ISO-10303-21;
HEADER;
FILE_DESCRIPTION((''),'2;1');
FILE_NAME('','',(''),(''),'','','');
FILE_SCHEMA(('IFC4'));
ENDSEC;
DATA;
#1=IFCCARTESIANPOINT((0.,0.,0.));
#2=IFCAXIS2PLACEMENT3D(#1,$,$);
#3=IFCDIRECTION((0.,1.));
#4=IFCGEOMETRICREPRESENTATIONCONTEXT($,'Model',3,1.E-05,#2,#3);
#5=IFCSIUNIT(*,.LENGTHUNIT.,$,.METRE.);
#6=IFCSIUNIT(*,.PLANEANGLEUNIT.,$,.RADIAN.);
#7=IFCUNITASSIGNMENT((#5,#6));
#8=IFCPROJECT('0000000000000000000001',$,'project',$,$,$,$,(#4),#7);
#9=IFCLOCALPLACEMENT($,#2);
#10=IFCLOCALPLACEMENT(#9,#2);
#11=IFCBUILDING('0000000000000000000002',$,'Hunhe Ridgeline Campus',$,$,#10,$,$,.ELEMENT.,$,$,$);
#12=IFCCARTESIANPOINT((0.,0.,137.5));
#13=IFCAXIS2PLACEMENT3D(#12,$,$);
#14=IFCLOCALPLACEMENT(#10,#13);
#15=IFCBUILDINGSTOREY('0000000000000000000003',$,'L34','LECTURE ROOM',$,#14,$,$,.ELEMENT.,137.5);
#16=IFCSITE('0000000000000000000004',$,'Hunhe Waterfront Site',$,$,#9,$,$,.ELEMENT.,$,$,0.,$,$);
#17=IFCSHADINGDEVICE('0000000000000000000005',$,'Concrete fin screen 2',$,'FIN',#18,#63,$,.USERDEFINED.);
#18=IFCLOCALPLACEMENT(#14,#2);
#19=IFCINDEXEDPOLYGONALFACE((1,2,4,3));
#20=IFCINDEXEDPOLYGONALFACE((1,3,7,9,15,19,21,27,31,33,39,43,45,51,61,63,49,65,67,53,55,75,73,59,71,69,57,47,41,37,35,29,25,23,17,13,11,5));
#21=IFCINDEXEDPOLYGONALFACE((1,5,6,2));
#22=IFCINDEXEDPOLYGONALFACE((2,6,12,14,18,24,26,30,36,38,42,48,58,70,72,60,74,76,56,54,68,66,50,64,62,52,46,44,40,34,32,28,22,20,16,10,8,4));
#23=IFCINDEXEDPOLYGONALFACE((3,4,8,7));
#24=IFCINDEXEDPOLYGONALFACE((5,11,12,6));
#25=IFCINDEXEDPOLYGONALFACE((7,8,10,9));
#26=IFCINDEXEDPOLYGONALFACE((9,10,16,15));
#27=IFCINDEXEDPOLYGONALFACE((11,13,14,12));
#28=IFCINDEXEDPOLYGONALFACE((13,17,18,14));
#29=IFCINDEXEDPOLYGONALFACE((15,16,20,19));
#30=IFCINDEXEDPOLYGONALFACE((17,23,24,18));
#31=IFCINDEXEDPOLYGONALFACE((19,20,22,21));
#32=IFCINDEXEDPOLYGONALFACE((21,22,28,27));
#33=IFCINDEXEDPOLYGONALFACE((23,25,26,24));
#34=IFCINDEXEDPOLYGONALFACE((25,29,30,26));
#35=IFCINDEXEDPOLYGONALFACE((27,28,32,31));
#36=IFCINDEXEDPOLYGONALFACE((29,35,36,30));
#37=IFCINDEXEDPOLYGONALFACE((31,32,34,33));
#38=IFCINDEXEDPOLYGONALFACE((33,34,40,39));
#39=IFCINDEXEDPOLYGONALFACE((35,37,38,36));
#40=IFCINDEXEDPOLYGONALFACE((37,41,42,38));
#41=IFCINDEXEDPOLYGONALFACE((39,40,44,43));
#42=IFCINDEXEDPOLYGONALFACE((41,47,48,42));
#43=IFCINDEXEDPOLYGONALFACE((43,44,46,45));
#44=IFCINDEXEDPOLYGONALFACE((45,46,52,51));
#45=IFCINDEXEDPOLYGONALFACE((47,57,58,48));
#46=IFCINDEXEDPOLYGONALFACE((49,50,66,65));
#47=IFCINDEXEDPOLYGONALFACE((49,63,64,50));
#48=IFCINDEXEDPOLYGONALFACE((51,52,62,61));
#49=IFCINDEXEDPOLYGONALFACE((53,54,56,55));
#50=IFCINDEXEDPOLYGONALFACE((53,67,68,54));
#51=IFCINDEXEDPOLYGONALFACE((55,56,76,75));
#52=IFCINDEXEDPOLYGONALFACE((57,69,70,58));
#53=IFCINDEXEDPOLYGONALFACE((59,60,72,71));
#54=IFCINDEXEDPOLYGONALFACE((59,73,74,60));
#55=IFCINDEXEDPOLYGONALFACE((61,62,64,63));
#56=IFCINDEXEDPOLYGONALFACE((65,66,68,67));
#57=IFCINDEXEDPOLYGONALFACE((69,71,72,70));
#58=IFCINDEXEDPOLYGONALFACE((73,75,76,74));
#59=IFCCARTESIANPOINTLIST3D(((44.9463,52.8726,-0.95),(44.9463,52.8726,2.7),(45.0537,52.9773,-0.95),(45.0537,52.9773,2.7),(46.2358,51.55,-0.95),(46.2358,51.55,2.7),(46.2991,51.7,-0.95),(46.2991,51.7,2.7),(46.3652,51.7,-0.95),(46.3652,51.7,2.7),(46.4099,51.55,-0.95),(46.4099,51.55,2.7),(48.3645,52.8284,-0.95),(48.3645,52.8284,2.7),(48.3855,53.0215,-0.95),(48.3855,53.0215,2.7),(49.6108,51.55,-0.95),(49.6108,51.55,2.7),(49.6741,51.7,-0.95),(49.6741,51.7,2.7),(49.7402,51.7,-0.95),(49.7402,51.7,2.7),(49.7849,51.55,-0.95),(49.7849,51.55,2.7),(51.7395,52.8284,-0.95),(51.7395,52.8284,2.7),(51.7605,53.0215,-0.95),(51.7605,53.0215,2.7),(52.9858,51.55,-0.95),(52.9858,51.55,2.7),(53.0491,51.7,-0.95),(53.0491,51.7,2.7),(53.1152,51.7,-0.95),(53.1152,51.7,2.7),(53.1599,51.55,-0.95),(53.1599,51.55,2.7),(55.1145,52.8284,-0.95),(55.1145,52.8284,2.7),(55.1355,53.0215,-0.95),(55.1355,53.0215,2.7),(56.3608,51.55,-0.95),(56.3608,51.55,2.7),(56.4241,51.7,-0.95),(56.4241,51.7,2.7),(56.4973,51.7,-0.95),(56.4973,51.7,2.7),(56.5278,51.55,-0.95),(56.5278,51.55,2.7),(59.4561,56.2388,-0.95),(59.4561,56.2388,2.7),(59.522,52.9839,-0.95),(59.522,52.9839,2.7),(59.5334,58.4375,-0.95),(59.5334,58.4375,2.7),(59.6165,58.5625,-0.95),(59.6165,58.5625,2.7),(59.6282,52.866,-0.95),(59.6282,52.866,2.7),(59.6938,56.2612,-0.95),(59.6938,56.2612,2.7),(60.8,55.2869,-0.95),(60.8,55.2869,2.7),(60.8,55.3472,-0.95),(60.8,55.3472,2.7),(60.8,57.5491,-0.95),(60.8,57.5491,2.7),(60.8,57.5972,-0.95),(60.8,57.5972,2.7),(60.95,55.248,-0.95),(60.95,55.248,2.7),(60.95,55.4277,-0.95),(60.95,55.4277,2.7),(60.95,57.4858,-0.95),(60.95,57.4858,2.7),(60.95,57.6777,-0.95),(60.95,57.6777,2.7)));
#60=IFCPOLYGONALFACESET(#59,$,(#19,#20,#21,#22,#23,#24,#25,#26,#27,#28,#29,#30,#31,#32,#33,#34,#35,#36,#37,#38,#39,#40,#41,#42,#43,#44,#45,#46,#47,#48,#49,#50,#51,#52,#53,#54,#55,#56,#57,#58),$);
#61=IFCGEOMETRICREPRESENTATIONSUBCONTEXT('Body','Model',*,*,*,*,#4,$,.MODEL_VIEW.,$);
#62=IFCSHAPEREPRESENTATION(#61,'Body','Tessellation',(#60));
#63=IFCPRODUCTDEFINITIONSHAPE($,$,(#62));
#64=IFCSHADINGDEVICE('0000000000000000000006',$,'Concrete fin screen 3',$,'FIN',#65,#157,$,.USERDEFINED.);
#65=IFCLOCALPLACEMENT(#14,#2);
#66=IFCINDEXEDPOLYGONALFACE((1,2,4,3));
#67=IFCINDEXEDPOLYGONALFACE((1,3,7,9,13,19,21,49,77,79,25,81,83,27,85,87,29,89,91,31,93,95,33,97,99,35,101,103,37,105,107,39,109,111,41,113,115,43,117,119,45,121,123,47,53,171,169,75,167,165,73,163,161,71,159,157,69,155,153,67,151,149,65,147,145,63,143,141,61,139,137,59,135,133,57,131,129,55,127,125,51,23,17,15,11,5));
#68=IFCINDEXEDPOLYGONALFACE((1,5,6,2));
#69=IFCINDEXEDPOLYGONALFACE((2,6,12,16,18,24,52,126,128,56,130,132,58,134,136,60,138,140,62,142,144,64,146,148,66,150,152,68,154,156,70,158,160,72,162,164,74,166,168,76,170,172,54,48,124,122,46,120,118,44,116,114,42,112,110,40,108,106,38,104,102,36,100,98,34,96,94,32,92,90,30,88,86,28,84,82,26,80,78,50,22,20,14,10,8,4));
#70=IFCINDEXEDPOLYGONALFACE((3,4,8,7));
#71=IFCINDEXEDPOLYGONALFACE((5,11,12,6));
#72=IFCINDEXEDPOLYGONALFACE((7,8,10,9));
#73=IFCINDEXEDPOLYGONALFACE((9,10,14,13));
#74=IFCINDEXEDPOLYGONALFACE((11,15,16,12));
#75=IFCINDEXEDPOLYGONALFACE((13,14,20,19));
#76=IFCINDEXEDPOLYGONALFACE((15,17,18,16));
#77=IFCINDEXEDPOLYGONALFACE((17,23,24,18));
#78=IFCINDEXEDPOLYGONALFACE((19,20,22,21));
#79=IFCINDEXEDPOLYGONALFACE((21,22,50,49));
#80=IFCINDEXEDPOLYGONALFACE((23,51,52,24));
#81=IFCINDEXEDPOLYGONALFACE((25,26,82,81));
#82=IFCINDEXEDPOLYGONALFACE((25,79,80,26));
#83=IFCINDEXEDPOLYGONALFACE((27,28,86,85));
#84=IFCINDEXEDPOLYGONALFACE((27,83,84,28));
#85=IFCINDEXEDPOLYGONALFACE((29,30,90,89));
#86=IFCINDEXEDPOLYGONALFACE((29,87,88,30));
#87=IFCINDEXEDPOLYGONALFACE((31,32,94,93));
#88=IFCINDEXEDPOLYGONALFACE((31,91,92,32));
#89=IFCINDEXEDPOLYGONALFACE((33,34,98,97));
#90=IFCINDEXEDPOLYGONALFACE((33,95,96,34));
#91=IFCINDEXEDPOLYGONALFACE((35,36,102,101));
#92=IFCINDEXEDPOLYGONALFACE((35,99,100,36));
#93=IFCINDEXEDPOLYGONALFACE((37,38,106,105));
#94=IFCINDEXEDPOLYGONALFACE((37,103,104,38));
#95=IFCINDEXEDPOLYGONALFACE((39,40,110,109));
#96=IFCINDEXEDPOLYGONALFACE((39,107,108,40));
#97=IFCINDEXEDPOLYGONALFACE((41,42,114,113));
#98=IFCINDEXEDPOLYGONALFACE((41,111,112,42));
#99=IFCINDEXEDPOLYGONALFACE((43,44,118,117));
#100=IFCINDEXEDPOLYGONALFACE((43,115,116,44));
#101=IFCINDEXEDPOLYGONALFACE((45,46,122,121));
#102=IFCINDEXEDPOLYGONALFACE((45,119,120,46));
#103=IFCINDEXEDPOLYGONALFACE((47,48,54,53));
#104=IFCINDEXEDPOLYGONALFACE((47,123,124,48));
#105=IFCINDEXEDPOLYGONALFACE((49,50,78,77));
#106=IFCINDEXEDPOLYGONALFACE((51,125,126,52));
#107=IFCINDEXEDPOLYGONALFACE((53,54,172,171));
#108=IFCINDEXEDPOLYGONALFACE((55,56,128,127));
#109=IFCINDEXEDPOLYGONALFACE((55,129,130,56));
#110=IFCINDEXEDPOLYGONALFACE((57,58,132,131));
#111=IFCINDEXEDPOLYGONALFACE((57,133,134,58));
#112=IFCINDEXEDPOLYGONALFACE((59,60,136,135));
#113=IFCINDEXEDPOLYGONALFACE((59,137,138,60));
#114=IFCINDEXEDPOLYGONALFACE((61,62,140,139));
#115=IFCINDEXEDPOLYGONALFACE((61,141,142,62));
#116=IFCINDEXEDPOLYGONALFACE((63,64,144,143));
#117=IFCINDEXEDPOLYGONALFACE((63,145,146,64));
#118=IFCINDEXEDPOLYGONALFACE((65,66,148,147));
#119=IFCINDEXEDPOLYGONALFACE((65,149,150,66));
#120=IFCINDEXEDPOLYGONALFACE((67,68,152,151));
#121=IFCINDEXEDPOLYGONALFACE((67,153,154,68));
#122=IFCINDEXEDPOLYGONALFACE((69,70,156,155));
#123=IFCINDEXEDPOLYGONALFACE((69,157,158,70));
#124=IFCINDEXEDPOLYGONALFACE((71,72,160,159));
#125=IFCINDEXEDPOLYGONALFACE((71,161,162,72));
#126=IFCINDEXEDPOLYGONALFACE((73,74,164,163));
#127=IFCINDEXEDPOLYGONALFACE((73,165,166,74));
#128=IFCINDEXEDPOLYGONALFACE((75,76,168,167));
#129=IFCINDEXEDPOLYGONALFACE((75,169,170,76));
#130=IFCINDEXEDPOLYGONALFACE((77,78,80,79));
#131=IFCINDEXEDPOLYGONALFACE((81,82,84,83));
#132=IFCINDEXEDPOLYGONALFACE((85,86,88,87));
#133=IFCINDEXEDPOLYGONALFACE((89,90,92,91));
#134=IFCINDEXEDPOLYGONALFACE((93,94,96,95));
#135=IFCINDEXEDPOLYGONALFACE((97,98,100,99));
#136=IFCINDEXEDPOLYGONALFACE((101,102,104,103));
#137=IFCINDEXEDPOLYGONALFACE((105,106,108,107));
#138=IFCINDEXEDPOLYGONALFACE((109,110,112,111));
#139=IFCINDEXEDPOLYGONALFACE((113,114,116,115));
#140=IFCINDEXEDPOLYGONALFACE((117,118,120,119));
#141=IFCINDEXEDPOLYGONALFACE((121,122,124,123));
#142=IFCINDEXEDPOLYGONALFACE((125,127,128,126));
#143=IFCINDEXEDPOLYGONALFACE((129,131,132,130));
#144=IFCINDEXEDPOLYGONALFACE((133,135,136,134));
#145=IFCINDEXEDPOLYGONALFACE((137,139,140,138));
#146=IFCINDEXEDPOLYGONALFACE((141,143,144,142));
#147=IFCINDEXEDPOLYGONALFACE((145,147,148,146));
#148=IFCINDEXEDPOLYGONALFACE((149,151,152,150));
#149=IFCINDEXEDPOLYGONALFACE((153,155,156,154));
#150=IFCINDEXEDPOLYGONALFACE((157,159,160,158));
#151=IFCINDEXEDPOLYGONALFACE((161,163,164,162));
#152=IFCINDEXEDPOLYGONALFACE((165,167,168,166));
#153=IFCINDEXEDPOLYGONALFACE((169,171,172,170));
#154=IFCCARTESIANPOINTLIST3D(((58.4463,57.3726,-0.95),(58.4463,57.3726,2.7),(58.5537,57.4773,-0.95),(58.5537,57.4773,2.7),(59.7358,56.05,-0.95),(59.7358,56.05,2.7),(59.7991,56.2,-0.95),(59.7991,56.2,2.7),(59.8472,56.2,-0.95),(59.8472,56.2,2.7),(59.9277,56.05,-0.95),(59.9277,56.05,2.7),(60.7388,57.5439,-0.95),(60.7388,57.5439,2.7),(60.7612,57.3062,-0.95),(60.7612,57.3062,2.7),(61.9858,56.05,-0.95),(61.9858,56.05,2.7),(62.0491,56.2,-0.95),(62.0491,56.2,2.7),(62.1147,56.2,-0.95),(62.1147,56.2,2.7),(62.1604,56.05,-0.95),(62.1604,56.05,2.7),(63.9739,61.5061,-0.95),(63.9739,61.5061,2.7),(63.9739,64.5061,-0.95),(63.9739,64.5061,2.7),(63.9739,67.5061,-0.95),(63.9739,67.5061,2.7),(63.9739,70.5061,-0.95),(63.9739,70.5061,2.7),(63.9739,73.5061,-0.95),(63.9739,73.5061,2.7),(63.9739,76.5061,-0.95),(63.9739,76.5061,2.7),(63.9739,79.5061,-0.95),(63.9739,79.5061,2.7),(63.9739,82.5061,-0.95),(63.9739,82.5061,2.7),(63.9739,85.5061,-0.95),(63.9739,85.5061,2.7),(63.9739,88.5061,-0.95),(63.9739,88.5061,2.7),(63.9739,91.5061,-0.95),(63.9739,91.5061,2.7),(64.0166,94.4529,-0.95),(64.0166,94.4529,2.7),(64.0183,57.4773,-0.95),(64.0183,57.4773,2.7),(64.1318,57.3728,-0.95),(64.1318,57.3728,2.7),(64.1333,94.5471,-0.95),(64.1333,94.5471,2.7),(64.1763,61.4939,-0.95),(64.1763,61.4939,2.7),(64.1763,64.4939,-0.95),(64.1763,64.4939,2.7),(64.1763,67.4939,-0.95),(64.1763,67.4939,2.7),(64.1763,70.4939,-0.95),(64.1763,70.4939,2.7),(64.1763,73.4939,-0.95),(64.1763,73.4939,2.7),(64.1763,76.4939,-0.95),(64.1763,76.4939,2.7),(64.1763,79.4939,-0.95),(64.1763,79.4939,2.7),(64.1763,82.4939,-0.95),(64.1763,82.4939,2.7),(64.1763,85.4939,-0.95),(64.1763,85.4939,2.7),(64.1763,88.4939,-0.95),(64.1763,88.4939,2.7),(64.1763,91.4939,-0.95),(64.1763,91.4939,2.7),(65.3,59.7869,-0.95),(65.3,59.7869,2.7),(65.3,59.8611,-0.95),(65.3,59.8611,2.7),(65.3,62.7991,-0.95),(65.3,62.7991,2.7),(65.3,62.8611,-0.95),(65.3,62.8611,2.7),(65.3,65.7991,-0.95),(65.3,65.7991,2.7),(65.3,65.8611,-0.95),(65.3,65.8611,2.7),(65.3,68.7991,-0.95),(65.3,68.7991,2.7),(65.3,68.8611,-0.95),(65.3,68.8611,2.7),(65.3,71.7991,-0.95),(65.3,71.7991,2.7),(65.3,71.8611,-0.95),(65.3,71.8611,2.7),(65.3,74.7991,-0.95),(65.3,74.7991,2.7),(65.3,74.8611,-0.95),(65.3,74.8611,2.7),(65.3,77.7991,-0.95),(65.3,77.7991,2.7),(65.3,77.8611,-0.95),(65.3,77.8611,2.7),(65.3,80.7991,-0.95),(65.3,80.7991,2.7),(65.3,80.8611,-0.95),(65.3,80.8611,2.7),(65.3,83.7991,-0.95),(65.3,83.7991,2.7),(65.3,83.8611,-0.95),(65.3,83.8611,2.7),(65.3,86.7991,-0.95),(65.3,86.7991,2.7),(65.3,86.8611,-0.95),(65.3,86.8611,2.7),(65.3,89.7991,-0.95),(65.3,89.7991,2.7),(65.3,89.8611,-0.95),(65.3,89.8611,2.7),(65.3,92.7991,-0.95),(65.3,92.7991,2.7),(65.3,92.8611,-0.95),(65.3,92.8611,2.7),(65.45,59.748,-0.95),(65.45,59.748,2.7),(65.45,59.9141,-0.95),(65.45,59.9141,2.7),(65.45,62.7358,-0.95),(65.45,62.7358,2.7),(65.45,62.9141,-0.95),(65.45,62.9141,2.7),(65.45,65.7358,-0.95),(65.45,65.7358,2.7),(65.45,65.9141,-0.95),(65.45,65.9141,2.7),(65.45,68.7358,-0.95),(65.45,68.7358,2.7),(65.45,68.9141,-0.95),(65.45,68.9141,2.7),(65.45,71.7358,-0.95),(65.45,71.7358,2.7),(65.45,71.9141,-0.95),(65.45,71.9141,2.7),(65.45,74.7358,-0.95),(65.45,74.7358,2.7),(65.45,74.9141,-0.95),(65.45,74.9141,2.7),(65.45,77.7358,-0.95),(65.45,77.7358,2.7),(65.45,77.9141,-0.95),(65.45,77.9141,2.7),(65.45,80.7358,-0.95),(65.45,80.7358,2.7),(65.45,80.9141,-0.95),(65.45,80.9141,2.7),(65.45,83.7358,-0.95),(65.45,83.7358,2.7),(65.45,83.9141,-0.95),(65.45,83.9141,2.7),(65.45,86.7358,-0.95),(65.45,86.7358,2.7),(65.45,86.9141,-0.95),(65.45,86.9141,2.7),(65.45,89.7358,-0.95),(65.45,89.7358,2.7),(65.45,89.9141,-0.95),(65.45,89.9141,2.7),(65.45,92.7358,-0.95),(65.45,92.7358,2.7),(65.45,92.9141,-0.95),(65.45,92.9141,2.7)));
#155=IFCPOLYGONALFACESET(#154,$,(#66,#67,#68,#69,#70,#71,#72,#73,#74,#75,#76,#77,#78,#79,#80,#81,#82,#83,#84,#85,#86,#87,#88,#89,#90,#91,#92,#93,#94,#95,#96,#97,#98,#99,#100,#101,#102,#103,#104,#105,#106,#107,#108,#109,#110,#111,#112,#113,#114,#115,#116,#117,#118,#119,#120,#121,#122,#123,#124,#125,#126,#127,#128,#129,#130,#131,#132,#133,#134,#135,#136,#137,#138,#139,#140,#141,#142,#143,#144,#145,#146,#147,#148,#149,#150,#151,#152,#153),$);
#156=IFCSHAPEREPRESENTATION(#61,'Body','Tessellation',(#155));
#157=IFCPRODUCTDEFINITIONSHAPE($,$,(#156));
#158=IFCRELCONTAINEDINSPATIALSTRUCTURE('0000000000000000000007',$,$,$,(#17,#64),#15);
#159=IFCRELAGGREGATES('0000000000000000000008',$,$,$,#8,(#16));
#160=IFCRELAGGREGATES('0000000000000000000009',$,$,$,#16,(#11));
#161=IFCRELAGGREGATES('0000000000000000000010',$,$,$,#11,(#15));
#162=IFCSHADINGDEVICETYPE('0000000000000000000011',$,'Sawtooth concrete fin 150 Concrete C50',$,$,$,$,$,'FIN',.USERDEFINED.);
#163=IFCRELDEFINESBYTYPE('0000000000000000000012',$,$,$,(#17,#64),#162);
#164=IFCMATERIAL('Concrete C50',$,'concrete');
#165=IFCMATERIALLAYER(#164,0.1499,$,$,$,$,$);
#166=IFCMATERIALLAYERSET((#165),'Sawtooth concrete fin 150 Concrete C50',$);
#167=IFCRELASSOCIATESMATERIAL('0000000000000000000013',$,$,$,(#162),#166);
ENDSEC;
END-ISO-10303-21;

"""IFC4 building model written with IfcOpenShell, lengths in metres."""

from ifc_helpers import new_model, si_unit, direction, frame, origin, place, context, subcontext, project, spatial, polyline, outline, extrude, material, layer, layer_set, type_object, element, save


model = new_model("IFC4")

# Units and contexts
model_context = context("Model", 3, precision=1e-05, world=origin(), true_north=direction((0.0, 1.0)))
body_context = subcontext(model_context, "Body", "Model", "MODEL_VIEW")
ifc_project = project(units=[si_unit("LENGTHUNIT", "METRE"), si_unit("PLANEANGLEUNIT", "RADIAN")], contexts=[model_context])

# Site, building, storey
site_placement = place(None, origin())
site = spatial("IfcSite", under=ifc_project, at=site_placement, Name="Hunhe Waterfront Site", CompositionType="ELEMENT", RefElevation=0.0)
building_placement = place(site_placement, origin())
building = spatial("IfcBuilding", under=site, at=building_placement, Name="Hunhe Ridgeline Campus", CompositionType="ELEMENT")
storey_placement = place(building_placement, frame((0.0, 0.0, 137.5)))
storey = spatial("IfcBuildingStorey", under=building, at=storey_placement, Name="L34", Description="LECTURE ROOM", CompositionType="ELEMENT", Elevation=137.5)

# Shading devices
ifc_material_1 = material(Name="Concrete C50", Category="concrete")
ifc_layer_1 = layer(ifc_material_1, 0.1499)
ifc_layer_set_1 = layer_set([ifc_layer_1], Name="Sawtooth concrete fin 150 Concrete C50")
shading_device_type = type_object("IfcShadingDeviceType", Name="Sawtooth concrete fin 150 Concrete C50", ElementType="FIN", PredefinedType="USERDEFINED", material=ifc_layer_set_1)
shading_device_1_placement = place(storey_placement, frame((0.0, 0.0, -0.95)))
element("IfcShadingDevice", 1, at=shading_device_1_placement, inside=storey, type_object=shading_device_type, Name="Concrete fin screen 2", ObjectType="FIN", PredefinedType="USERDEFINED", context=body_context, shape_type="SweptSolid", body=[
    extrude(outline(polyline([(45.0537, 52.9773), (44.9463, 52.8726), (46.2358, 51.55), (46.4099, 51.55), (48.3645, 52.8284), (49.6108, 51.55), (49.7849, 51.55), (51.7395, 52.8284), (52.9858, 51.55), (53.1599, 51.55), (55.1145, 52.8284), (56.3608, 51.55), (56.5278, 51.55), (59.6282, 52.866), (60.95, 55.248), (60.95, 55.4277), (59.6938, 56.2612), (60.95, 57.4858), (60.95, 57.6777), (59.6165, 58.5625), (59.5334, 58.4375), (60.8, 57.5972), (60.8, 57.5491), (59.4561, 56.2388), (60.8, 55.3472), (60.8, 55.2869), (59.522, 52.9839), (56.4973, 51.7), (56.4241, 51.7), (55.1355, 53.0215), (53.1152, 51.7), (53.0491, 51.7), (51.7605, 53.0215), (49.7402, 51.7), (49.6741, 51.7), (48.3855, 53.0215), (46.3652, 51.7), (46.2991, 51.7), (45.0537, 52.9773)])), origin(), (0.0, 0.0, 1.0), 3.6499),
])
shading_device_2_placement = place(storey_placement, frame((0.0, 0.0, -0.95)))
element("IfcShadingDevice", 2, at=shading_device_2_placement, inside=storey, type_object=shading_device_type, Name="Concrete fin screen 3", ObjectType="FIN", PredefinedType="USERDEFINED", context=body_context, shape_type="SweptSolid", body=[
    extrude(outline(polyline([(58.5537, 57.4773), (58.4463, 57.3726), (59.7358, 56.05), (59.9277, 56.05), (60.7612, 57.3062), (61.9858, 56.05), (62.1604, 56.05), (64.1318, 57.3728), (65.45, 59.748), (65.45, 59.9141), (64.1763, 61.4939), (65.45, 62.7358), (65.45, 62.9141), (64.1763, 64.4939), (65.45, 65.7358), (65.45, 65.9141), (64.1763, 67.4939), (65.45, 68.7358), (65.45, 68.9141), (64.1763, 70.4939), (65.45, 71.7358), (65.45, 71.9141), (64.1763, 73.4939), (65.45, 74.7358), (65.45, 74.9141), (64.1763, 76.4939), (65.45, 77.7358), (65.45, 77.9141), (64.1763, 79.4939), (65.45, 80.7358), (65.45, 80.9141), (64.1763, 82.4939), (65.45, 83.7358), (65.45, 83.9141), (64.1763, 85.4939), (65.45, 86.7358), (65.45, 86.9141), (64.1763, 88.4939), (65.45, 89.7358), (65.45, 89.9141), (64.1763, 91.4939), (65.45, 92.7358), (65.45, 92.9141), (64.1333, 94.5471), (64.0166, 94.4529), (65.3, 92.8611), (65.3, 92.7991), (63.9739, 91.5061), (65.3, 89.8611), (65.3, 89.7991), (63.9739, 88.5061), (65.3, 86.8611), (65.3, 86.7991), (63.9739, 85.5061), (65.3, 83.8611), (65.3, 83.7991), (63.9739, 82.5061), (65.3, 80.8611), (65.3, 80.7991), (63.9739, 79.5061), (65.3, 77.8611), (65.3, 77.7991), (63.9739, 76.5061), (65.3, 74.8611), (65.3, 74.7991), (63.9739, 73.5061), (65.3, 71.8611), (65.3, 71.7991), (63.9739, 70.5061), (65.3, 68.8611), (65.3, 68.7991), (63.9739, 67.5061), (65.3, 65.8611), (65.3, 65.7991), (63.9739, 64.5061), (65.3, 62.8611), (65.3, 62.7991), (63.9739, 61.5061), (65.3, 59.8611), (65.3, 59.7869), (64.0183, 57.4773), (62.1147, 56.2), (62.0491, 56.2), (60.7388, 57.5439), (59.8472, 56.2), (59.7991, 56.2), (58.5537, 57.4773)])), origin(), (0.0, 0.0, 1.0), 3.6499),
])

save(model, "model.ifc")
